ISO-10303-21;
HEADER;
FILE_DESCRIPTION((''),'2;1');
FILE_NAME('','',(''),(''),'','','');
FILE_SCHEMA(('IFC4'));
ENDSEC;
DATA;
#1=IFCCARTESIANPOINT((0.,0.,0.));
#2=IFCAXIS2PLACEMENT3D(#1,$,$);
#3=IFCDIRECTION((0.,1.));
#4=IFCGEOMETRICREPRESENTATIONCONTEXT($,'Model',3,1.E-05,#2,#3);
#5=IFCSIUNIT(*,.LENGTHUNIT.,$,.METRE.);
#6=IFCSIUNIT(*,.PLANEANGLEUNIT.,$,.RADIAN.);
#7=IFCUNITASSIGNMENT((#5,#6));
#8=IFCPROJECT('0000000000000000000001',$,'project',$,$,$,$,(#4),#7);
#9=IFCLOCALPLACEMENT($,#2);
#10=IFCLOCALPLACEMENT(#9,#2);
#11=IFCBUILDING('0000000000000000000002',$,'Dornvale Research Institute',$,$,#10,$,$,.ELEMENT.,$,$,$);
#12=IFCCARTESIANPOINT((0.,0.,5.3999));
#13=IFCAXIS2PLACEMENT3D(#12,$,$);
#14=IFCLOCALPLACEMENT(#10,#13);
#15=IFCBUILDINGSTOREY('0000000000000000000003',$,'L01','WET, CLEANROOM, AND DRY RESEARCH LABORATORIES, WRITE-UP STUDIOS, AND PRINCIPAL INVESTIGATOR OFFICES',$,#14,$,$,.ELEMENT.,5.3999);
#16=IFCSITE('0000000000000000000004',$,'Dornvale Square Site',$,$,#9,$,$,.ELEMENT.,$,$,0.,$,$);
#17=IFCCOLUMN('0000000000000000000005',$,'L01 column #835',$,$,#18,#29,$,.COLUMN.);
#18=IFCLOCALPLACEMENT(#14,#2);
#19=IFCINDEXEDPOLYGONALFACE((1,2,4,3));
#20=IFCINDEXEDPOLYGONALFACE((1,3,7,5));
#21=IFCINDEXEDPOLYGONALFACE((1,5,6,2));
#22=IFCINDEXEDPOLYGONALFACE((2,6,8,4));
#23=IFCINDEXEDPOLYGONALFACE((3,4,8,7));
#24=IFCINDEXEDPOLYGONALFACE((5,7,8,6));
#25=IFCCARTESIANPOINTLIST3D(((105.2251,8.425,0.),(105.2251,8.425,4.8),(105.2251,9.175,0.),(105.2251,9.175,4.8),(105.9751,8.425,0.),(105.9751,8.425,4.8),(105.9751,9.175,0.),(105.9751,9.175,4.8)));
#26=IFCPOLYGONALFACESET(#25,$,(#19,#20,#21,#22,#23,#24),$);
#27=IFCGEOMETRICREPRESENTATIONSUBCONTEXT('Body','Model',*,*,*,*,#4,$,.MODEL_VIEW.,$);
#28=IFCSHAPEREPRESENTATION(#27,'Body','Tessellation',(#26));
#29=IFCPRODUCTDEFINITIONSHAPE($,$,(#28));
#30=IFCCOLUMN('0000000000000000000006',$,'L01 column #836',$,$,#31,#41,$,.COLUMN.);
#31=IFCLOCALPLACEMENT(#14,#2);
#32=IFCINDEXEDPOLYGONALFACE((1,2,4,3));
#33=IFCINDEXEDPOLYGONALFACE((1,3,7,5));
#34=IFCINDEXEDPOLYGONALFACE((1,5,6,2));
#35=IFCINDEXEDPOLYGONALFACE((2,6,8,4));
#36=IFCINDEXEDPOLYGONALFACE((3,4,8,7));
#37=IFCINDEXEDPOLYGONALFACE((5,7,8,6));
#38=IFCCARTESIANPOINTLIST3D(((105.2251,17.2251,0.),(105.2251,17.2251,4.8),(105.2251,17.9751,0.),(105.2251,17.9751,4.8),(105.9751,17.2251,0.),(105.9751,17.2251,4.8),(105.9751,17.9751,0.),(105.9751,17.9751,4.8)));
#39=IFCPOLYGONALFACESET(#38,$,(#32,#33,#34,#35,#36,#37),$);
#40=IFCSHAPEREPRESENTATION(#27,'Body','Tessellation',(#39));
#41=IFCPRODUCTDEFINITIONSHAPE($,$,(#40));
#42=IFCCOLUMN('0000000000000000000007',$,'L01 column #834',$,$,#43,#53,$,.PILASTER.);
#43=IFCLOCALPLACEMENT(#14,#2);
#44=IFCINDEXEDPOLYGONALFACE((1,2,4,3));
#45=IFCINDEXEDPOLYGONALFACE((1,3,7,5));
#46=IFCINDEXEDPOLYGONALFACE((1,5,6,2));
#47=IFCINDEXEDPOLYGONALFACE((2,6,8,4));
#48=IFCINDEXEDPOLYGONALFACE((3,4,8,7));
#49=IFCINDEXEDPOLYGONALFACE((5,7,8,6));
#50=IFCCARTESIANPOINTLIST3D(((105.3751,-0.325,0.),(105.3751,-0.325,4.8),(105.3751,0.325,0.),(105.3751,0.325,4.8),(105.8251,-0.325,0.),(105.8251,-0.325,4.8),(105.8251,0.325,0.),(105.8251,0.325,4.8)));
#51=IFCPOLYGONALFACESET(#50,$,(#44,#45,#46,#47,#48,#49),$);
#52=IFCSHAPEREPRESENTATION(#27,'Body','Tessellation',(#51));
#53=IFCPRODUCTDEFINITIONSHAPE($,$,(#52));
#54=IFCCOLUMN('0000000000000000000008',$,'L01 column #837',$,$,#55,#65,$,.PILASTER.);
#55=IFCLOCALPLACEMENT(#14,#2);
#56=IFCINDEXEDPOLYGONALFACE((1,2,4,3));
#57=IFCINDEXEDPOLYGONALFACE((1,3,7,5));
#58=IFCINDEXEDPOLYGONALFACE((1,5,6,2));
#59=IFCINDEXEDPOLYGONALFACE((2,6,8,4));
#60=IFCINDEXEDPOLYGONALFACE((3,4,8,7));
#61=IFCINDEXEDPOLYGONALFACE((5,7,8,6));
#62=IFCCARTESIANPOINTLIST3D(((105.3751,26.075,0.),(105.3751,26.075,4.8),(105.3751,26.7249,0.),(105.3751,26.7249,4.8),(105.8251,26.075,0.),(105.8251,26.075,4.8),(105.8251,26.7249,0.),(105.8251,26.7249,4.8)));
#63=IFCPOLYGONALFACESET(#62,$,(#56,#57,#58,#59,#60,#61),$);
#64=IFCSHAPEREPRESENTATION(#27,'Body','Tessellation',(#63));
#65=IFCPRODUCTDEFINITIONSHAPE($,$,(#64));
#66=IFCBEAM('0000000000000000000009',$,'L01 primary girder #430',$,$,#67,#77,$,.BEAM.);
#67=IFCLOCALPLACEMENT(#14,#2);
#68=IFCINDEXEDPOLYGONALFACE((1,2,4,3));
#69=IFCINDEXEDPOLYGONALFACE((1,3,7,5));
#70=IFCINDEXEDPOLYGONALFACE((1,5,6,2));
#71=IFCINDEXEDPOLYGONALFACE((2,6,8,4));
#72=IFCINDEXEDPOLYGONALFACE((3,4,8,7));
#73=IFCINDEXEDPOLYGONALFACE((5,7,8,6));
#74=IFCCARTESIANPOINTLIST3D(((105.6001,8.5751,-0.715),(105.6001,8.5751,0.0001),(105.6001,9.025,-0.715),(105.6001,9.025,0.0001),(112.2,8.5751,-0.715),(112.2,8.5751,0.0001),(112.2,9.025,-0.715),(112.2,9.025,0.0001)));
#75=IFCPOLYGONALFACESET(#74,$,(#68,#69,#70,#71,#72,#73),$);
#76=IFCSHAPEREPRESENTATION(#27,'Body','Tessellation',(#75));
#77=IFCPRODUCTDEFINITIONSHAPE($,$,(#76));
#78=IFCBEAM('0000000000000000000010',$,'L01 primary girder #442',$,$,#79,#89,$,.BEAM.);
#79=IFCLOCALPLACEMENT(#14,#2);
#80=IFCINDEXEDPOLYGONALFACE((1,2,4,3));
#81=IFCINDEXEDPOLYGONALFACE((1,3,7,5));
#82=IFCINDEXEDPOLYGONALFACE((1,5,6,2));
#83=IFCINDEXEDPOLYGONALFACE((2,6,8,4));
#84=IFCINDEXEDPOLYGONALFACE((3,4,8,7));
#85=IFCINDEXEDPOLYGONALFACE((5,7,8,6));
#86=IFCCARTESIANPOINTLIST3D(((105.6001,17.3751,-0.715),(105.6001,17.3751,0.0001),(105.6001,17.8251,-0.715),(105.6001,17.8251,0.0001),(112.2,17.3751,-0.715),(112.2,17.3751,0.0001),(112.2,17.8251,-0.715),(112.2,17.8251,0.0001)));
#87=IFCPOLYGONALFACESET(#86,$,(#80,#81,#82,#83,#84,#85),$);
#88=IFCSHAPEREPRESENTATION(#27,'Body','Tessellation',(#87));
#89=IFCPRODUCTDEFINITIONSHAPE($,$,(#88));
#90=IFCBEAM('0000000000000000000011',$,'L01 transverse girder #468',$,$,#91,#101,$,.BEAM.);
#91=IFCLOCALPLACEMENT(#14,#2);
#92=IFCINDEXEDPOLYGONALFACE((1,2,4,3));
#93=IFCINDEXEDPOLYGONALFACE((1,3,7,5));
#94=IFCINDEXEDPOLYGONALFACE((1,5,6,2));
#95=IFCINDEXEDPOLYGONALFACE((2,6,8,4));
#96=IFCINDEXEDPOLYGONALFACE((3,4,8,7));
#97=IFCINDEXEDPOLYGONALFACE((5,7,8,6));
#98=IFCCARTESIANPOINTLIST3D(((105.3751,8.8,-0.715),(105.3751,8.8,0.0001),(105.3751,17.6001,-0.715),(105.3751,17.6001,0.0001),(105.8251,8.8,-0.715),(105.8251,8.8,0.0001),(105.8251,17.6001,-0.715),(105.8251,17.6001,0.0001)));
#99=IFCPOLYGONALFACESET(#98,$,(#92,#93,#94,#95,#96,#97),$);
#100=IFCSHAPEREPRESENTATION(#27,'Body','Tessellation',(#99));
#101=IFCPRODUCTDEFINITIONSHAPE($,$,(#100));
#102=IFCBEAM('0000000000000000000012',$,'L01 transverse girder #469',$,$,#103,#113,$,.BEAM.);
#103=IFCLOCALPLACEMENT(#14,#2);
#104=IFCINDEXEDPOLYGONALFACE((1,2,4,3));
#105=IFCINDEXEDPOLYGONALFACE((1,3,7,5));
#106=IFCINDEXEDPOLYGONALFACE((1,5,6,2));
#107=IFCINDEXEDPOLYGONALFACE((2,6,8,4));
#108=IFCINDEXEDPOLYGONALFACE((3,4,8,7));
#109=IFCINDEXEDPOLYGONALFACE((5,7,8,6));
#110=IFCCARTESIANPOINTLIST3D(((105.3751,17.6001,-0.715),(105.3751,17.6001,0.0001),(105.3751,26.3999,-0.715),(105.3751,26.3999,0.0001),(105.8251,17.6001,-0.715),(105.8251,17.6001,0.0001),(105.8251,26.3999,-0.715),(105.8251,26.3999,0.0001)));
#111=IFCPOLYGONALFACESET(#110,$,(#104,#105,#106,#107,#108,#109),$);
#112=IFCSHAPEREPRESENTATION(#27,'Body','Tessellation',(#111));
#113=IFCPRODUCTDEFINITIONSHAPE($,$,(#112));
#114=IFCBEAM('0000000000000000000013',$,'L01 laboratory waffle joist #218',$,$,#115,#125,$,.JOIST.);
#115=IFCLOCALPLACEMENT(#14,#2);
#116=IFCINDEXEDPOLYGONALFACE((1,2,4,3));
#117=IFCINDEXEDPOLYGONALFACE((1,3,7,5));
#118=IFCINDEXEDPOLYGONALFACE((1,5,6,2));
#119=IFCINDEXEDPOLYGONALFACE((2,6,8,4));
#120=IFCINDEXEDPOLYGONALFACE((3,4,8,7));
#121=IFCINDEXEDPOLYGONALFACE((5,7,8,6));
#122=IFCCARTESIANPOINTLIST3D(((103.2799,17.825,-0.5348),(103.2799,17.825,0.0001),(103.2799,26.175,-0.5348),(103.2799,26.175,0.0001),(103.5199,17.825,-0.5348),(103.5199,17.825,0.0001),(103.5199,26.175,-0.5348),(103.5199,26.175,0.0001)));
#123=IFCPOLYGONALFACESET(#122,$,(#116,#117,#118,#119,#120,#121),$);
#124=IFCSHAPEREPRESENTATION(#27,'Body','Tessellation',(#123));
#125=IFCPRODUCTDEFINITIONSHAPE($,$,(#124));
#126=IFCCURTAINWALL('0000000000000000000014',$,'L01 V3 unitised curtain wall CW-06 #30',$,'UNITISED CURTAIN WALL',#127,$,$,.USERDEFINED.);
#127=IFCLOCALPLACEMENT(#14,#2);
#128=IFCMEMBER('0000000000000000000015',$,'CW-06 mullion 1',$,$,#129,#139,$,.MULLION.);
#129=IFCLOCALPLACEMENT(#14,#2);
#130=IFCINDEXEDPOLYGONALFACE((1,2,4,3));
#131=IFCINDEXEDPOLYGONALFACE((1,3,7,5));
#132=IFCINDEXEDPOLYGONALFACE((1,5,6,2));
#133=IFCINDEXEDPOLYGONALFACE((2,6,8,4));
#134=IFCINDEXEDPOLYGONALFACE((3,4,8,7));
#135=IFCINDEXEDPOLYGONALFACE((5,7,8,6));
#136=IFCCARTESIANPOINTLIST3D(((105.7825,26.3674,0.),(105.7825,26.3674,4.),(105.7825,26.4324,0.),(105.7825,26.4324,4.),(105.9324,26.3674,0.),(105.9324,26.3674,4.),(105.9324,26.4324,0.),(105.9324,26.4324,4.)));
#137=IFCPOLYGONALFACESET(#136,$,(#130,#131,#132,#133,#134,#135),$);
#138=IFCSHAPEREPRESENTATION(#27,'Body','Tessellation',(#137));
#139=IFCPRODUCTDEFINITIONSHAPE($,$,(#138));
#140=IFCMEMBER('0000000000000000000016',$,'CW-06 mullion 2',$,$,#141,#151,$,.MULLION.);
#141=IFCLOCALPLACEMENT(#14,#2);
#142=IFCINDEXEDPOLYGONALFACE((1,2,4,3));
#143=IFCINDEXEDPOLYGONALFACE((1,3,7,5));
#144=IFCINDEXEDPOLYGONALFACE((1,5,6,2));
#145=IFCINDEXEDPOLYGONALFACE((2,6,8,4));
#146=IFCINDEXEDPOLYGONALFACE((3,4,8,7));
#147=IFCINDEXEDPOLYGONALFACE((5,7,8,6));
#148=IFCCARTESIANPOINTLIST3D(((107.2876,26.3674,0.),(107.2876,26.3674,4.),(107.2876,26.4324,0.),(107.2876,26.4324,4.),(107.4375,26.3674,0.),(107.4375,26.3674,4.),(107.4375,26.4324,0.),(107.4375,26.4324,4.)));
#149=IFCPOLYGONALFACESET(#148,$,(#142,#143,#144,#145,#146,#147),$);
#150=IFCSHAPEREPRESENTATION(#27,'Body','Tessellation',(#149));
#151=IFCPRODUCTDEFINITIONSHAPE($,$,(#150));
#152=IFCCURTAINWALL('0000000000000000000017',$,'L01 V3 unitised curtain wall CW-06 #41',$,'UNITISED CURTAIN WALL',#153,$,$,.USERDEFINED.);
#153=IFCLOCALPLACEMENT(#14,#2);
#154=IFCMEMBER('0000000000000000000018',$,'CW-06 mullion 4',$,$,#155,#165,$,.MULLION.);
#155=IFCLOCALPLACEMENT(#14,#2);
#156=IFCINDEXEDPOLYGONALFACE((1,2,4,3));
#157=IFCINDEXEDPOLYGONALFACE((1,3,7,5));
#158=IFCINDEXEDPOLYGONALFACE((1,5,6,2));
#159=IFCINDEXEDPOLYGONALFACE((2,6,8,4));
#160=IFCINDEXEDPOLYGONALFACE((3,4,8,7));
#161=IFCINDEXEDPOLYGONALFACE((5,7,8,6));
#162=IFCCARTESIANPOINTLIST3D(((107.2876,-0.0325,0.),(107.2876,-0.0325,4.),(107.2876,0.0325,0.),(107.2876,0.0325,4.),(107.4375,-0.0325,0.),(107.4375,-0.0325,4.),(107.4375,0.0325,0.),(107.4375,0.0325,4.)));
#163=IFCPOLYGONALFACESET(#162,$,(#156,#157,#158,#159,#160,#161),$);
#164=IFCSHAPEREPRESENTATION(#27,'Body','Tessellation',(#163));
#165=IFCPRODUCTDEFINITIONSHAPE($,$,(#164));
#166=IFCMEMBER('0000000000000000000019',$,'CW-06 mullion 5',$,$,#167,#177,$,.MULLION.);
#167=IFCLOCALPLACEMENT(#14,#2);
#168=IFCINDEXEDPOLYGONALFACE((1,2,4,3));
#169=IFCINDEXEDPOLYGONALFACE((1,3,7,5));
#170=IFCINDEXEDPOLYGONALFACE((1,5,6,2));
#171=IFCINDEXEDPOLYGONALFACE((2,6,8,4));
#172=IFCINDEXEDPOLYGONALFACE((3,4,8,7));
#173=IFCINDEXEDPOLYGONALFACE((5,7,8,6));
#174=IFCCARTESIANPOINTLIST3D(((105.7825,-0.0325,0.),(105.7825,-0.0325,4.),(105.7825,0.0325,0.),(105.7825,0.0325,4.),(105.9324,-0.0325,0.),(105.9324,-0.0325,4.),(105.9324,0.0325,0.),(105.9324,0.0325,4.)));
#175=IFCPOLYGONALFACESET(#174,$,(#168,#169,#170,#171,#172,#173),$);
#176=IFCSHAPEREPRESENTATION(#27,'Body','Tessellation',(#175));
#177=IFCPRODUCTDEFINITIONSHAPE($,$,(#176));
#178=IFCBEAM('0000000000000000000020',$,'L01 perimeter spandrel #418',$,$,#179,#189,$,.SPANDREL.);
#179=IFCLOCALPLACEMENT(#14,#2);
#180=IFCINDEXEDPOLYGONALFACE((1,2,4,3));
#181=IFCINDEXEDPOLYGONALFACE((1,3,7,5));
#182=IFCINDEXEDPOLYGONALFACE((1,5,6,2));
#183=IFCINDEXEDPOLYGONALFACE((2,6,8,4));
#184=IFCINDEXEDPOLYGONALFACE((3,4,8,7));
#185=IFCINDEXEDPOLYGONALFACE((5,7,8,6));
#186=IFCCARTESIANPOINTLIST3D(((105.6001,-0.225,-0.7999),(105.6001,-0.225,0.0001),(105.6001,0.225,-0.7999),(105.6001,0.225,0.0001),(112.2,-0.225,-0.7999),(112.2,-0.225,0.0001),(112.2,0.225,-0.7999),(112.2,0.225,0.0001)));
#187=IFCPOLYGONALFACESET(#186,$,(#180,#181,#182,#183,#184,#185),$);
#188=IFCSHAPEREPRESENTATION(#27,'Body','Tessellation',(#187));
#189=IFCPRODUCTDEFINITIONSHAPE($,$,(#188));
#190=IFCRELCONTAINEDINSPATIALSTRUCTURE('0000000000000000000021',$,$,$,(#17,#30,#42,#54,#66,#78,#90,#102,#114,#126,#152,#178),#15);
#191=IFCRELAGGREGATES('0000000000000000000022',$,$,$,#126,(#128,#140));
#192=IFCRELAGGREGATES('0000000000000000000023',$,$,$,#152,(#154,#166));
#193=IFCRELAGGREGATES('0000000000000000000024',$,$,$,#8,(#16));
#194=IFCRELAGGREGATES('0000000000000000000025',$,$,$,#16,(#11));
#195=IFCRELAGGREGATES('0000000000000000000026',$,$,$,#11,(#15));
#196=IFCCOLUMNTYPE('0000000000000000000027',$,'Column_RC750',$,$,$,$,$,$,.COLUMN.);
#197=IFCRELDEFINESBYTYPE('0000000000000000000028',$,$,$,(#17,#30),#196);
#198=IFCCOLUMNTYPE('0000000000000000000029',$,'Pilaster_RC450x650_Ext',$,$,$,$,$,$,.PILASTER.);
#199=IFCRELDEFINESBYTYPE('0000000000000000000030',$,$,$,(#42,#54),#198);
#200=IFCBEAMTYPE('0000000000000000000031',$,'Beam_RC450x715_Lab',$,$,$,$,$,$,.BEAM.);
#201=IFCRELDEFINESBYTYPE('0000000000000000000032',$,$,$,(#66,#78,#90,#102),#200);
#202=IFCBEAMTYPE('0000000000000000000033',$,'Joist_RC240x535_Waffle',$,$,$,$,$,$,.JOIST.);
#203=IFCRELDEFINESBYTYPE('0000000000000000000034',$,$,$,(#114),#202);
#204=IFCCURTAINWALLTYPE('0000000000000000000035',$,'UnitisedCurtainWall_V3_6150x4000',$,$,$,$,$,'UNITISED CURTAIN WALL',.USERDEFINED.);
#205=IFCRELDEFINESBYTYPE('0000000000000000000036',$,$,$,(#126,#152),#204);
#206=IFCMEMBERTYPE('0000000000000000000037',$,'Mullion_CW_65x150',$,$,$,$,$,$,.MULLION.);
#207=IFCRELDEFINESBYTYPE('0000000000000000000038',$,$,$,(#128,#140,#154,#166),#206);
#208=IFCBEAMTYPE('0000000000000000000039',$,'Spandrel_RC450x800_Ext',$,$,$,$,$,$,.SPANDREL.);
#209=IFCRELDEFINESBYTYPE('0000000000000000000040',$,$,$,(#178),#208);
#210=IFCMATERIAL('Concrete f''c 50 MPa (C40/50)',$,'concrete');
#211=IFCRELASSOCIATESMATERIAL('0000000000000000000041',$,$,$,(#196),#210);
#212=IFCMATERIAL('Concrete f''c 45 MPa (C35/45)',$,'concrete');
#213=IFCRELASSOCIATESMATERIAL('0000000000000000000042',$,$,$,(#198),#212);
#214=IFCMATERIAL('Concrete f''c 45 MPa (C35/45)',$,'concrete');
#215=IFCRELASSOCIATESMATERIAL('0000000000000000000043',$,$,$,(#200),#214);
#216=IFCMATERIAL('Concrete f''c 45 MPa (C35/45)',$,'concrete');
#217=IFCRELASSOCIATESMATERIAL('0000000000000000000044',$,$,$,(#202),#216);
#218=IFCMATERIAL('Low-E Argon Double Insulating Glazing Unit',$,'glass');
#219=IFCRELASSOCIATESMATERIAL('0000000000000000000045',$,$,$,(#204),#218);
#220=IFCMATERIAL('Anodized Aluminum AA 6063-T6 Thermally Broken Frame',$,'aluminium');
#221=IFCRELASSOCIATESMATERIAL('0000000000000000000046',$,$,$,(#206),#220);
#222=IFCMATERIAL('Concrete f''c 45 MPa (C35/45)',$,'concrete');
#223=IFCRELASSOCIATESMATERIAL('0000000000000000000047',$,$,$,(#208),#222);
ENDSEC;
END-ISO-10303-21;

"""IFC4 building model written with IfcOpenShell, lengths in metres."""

from ifc_helpers import new_model, si_unit, direction, frame, origin, origin_2d, place, context, subcontext, project, spatial, rectangle, extrude, material, material_profile, profile_set, type_object, element, aggregate, save


model = new_model("IFC4")

# Units and contexts
model_context = context("Model", 3, precision=1e-05, world=origin(), true_north=direction((0.0, 1.0)))
body_context = subcontext(model_context, "Body", "Model", "MODEL_VIEW")
ifc_project = project(units=[si_unit("LENGTHUNIT", "METRE"), si_unit("PLANEANGLEUNIT", "RADIAN")], contexts=[model_context])

# Site, building, storey
site_placement = place(None, origin())
site = spatial("IfcSite", under=ifc_project, at=site_placement, Name="Dornvale Square Site", CompositionType="ELEMENT", RefElevation=0.0)
building_placement = place(site_placement, origin())
building = spatial("IfcBuilding", under=site, at=building_placement, Name="Dornvale Research Institute", CompositionType="ELEMENT")
storey_placement = place(building_placement, frame((0.0, 0.0, 5.3999)))
storey = spatial("IfcBuildingStorey", under=building, at=storey_placement, Name="L01", Description="WET, CLEANROOM, AND DRY RESEARCH LABORATORIES, WRITE-UP STUDIOS, AND PRINCIPAL INVESTIGATOR OFFICES", CompositionType="ELEMENT", Elevation=5.3999)

# Columns
ifc_material_1 = material(Name="Concrete f'c 50 MPa (C40/50)", Category="concrete")
ifc_material_profile_1 = material_profile(ifc_material_1, rectangle(XDim=0.75, YDim=0.75, at=origin_2d()), Name="RC 750x750")
ifc_profile_set_1 = profile_set([ifc_material_profile_1], Name="Concrete f'c 50 MPa (C40/50)")
column_type_1 = type_object("IfcColumnType", Name="Column_RC750", PredefinedType="COLUMN", material=ifc_profile_set_1)
for number, where, z_axis, x_axis, name in (
    (1, (105.6001, 8.8, 0.0), (0.0, 0.0, 1.0), (1.0, 0.0, 0.0), "L01 column #835"),
    (2, (105.6001, 17.6001, 0.0), (0.0, 0.0, 1.0), (1.0, 0.0, 0.0), "L01 column #836"),
):
    element("IfcColumn", number, at=place(storey_placement, frame(where, z_axis=z_axis, x_axis=x_axis)), inside=storey, type_object=column_type_1, Name=name, PredefinedType="COLUMN", context=body_context, shape_type="SweptSolid", body=[
        extrude(rectangle(XDim=0.75, YDim=0.75, at=origin_2d()), origin(), (0.0, 0.0, 1.0), 4.8),
    ])
ifc_material_2 = material(Name="Concrete f'c 45 MPa (C35/45)", Category="concrete")
ifc_material_profile_2 = material_profile(ifc_material_2, rectangle(XDim=0.45, YDim=0.6499, at=origin_2d()), Name="RC 450x650")
ifc_profile_set_2 = profile_set([ifc_material_profile_2], Name="Concrete f'c 45 MPa (C35/45)")
column_type_2 = type_object("IfcColumnType", Name="Pilaster_RC450x650_Ext", PredefinedType="PILASTER", material=ifc_profile_set_2)
for number, where, z_axis, x_axis, name in (
    (3, (105.6001, 0.0, 0.0), (0.0, 0.0, 1.0), (1.0, 0.0, 0.0), "L01 column #834"),
    (4, (105.6001, 26.3999, 0.0), (0.0, 0.0, 1.0), (1.0, 0.0, 0.0), "L01 column #837"),
):
    element("IfcColumn", number, at=place(storey_placement, frame(where, z_axis=z_axis, x_axis=x_axis)), inside=storey, type_object=column_type_2, Name=name, PredefinedType="PILASTER", context=body_context, shape_type="SweptSolid", body=[
        extrude(rectangle(XDim=0.45, YDim=0.6499, at=origin_2d()), origin(), (0.0, 0.0, 1.0), 4.8),
    ])

# Beams
ifc_material_3 = material(Name="Concrete f'c 45 MPa (C35/45)", Category="concrete")
ifc_material_profile_3 = material_profile(ifc_material_3, rectangle(XDim=0.45, YDim=0.7151, at=origin_2d()), Name="RC 450x715")
ifc_profile_set_3 = profile_set([ifc_material_profile_3], Name="Concrete f'c 45 MPa (C35/45)")
beam_type_1 = type_object("IfcBeamType", Name="Beam_RC450x715_Lab", PredefinedType="BEAM", material=ifc_profile_set_3)
for number, where, z_axis, x_axis, name in (
    (5, (105.6001, 8.8, -0.3574), (1.0, 0.0, 0.0), (0.0, 1.0, 0.0), "L01 primary girder #430"),
    (6, (105.6001, 17.6001, -0.3574), (1.0, 0.0, 0.0), (0.0, 1.0, 0.0), "L01 primary girder #442"),
):
    element("IfcBeam", number, at=place(storey_placement, frame(where, z_axis=z_axis, x_axis=x_axis)), inside=storey, type_object=beam_type_1, Name=name, PredefinedType="BEAM", context=body_context, shape_type="SweptSolid", body=[
        extrude(rectangle(XDim=0.45, YDim=0.7151, at=origin_2d()), origin(), (0.0, 0.0, 1.0), 6.5999),
    ])
beam_1_placement = place(storey_placement, frame((105.6001, 8.8, -0.3574), z_axis=(0.0, 1.0, 0.0), x_axis=(-1.0, 0.0, 0.0)))
element("IfcBeam", 7, at=beam_1_placement, inside=storey, type_object=beam_type_1, Name="L01 transverse girder #468", PredefinedType="BEAM", context=body_context, shape_type="SweptSolid", body=[
    extrude(rectangle(XDim=0.45, YDim=0.7151, at=origin_2d()), origin(), (0.0, 0.0, 1.0), 8.8),
])
beam_2_placement = place(storey_placement, frame((105.6001, 17.6001, -0.3574), z_axis=(0.0, 1.0, 0.0), x_axis=(-1.0, 0.0, 0.0)))
element("IfcBeam", 8, at=beam_2_placement, inside=storey, type_object=beam_type_1, Name="L01 transverse girder #469", PredefinedType="BEAM", context=body_context, shape_type="SweptSolid", body=[
    extrude(rectangle(XDim=0.45, YDim=0.7151, at=origin_2d()), origin(), (0.0, 0.0, 1.0), 8.7998),
])
ifc_material_4 = material(Name="Concrete f'c 45 MPa (C35/45)", Category="concrete")
ifc_material_profile_4 = material_profile(ifc_material_4, rectangle(XDim=0.24, YDim=0.5349, at=origin_2d()), Name="RC 240x535")
ifc_profile_set_4 = profile_set([ifc_material_profile_4], Name="Concrete f'c 45 MPa (C35/45)")
beam_type_2 = type_object("IfcBeamType", Name="Joist_RC240x535_Waffle", PredefinedType="JOIST", material=ifc_profile_set_4)
beam_3_placement = place(storey_placement, frame((103.3999, 17.825, -0.2673), z_axis=(0.0, 1.0, 0.0), x_axis=(-1.0, 0.0, 0.0)))
element("IfcBeam", 9, at=beam_3_placement, inside=storey, type_object=beam_type_2, Name="L01 laboratory waffle joist #218", PredefinedType="JOIST", context=body_context, shape_type="SweptSolid", body=[
    extrude(rectangle(XDim=0.24, YDim=0.5349, at=origin_2d()), origin(), (0.0, 0.0, 1.0), 8.3501),
])

# Curtain walls, members
ifc_material_5 = material(Name="Low-E Argon Double Insulating Glazing Unit", Category="glass")
curtain_wall_type = type_object("IfcCurtainWallType", Name="UnitisedCurtainWall_V3_6150x4000", ElementType="UNITISED CURTAIN WALL", PredefinedType="USERDEFINED", material=ifc_material_5)
curtain_wall_1_placement = place(storey_placement, origin())
curtain_wall_1 = element("IfcCurtainWall", 10, at=curtain_wall_1_placement, inside=storey, type_object=curtain_wall_type, Name="L01 V3 unitised curtain wall CW-06 #30", ObjectType="UNITISED CURTAIN WALL", PredefinedType="USERDEFINED")
ifc_material_6 = material(Name="Anodized Aluminum AA 6063-T6 Thermally Broken Frame", Category="aluminium")
ifc_material_profile_5 = material_profile(ifc_material_6, rectangle(XDim=0.0649, YDim=0.1499, at=origin_2d()), Name="ALU MULLION 65x150")
ifc_profile_set_5 = profile_set([ifc_material_profile_5], Name="Anodized Aluminum AA 6063-T6 Thermally Broken Frame")
member_type_1 = type_object("IfcMemberType", Name="Mullion_CW_65x150", PredefinedType="MULLION", material=ifc_profile_set_5)
member_1_placement = place(storey_placement, frame((105.8574, 26.3999, 0.0), z_axis=(0.0, 0.0, 1.0), x_axis=(0.0, 1.0, 0.0)))
member_1 = element("IfcMember", 11, at=member_1_placement, type_object=member_type_1, Name="CW-06 mullion 1", PredefinedType="MULLION", context=body_context, shape_type="SweptSolid", body=[
    extrude(rectangle(XDim=0.0649, YDim=0.1499, at=origin_2d()), origin(), (0.0, 0.0, 1.0), 4.0),
])
member_2_placement = place(storey_placement, frame((107.3625, 26.3999, 0.0), z_axis=(0.0, 0.0, 1.0), x_axis=(0.0, 1.0, 0.0)))
member_2 = element("IfcMember", 12, at=member_2_placement, type_object=member_type_1, Name="CW-06 mullion 2", PredefinedType="MULLION", context=body_context, shape_type="SweptSolid", body=[
    extrude(rectangle(XDim=0.0649, YDim=0.1499, at=origin_2d()), origin(), (0.0, 0.0, 1.0), 4.0),
])
curtain_wall_2_placement = place(storey_placement, origin())
curtain_wall_2 = element("IfcCurtainWall", 13, at=curtain_wall_2_placement, inside=storey, type_object=curtain_wall_type, Name="L01 V3 unitised curtain wall CW-06 #41", ObjectType="UNITISED CURTAIN WALL", PredefinedType="USERDEFINED")
member_3_placement = place(storey_placement, frame((107.3625, 0.0, 0.0), z_axis=(0.0, 0.0, 1.0), x_axis=(0.0, -1.0, 0.0)))
member_3 = element("IfcMember", 14, at=member_3_placement, type_object=member_type_1, Name="CW-06 mullion 4", PredefinedType="MULLION", context=body_context, shape_type="SweptSolid", body=[
    extrude(rectangle(XDim=0.0649, YDim=0.1499, at=origin_2d()), origin(), (0.0, 0.0, 1.0), 4.0),
])
member_4_placement = place(storey_placement, frame((105.8574, 0.0, 0.0), z_axis=(0.0, 0.0, 1.0), x_axis=(0.0, -1.0, 0.0)))
member_4 = element("IfcMember", 15, at=member_4_placement, type_object=member_type_1, Name="CW-06 mullion 5", PredefinedType="MULLION", context=body_context, shape_type="SweptSolid", body=[
    extrude(rectangle(XDim=0.0649, YDim=0.1499, at=origin_2d()), origin(), (0.0, 0.0, 1.0), 4.0),
])

# Beam
ifc_material_7 = material(Name="Concrete f'c 45 MPa (C35/45)", Category="concrete")
ifc_material_profile_6 = material_profile(ifc_material_7, rectangle(XDim=0.45, YDim=0.8, at=origin_2d()), Name="RC 450x800")
ifc_profile_set_6 = profile_set([ifc_material_profile_6], Name="Concrete f'c 45 MPa (C35/45)")
beam_type_3 = type_object("IfcBeamType", Name="Spandrel_RC450x800_Ext", PredefinedType="SPANDREL", material=ifc_profile_set_6)
for number, where, z_axis, x_axis, name in (
    (16, (105.6001, 0.0, -0.3999), (1.0, 0.0, 0.0), (0.0, 1.0, 0.0), "L01 perimeter spandrel #418"),
):
    element("IfcBeam", number, at=place(storey_placement, frame(where, z_axis=z_axis, x_axis=x_axis)), inside=storey, type_object=beam_type_3, Name=name, PredefinedType="SPANDREL", context=body_context, shape_type="SweptSolid", body=[
        extrude(rectangle(XDim=0.45, YDim=0.8, at=origin_2d()), origin(), (0.0, 0.0, 1.0), 6.5999),
    ])

aggregate(curtain_wall_1, [member_1, member_2])
aggregate(curtain_wall_2, [member_3, member_4])

save(model, "model.ifc")
